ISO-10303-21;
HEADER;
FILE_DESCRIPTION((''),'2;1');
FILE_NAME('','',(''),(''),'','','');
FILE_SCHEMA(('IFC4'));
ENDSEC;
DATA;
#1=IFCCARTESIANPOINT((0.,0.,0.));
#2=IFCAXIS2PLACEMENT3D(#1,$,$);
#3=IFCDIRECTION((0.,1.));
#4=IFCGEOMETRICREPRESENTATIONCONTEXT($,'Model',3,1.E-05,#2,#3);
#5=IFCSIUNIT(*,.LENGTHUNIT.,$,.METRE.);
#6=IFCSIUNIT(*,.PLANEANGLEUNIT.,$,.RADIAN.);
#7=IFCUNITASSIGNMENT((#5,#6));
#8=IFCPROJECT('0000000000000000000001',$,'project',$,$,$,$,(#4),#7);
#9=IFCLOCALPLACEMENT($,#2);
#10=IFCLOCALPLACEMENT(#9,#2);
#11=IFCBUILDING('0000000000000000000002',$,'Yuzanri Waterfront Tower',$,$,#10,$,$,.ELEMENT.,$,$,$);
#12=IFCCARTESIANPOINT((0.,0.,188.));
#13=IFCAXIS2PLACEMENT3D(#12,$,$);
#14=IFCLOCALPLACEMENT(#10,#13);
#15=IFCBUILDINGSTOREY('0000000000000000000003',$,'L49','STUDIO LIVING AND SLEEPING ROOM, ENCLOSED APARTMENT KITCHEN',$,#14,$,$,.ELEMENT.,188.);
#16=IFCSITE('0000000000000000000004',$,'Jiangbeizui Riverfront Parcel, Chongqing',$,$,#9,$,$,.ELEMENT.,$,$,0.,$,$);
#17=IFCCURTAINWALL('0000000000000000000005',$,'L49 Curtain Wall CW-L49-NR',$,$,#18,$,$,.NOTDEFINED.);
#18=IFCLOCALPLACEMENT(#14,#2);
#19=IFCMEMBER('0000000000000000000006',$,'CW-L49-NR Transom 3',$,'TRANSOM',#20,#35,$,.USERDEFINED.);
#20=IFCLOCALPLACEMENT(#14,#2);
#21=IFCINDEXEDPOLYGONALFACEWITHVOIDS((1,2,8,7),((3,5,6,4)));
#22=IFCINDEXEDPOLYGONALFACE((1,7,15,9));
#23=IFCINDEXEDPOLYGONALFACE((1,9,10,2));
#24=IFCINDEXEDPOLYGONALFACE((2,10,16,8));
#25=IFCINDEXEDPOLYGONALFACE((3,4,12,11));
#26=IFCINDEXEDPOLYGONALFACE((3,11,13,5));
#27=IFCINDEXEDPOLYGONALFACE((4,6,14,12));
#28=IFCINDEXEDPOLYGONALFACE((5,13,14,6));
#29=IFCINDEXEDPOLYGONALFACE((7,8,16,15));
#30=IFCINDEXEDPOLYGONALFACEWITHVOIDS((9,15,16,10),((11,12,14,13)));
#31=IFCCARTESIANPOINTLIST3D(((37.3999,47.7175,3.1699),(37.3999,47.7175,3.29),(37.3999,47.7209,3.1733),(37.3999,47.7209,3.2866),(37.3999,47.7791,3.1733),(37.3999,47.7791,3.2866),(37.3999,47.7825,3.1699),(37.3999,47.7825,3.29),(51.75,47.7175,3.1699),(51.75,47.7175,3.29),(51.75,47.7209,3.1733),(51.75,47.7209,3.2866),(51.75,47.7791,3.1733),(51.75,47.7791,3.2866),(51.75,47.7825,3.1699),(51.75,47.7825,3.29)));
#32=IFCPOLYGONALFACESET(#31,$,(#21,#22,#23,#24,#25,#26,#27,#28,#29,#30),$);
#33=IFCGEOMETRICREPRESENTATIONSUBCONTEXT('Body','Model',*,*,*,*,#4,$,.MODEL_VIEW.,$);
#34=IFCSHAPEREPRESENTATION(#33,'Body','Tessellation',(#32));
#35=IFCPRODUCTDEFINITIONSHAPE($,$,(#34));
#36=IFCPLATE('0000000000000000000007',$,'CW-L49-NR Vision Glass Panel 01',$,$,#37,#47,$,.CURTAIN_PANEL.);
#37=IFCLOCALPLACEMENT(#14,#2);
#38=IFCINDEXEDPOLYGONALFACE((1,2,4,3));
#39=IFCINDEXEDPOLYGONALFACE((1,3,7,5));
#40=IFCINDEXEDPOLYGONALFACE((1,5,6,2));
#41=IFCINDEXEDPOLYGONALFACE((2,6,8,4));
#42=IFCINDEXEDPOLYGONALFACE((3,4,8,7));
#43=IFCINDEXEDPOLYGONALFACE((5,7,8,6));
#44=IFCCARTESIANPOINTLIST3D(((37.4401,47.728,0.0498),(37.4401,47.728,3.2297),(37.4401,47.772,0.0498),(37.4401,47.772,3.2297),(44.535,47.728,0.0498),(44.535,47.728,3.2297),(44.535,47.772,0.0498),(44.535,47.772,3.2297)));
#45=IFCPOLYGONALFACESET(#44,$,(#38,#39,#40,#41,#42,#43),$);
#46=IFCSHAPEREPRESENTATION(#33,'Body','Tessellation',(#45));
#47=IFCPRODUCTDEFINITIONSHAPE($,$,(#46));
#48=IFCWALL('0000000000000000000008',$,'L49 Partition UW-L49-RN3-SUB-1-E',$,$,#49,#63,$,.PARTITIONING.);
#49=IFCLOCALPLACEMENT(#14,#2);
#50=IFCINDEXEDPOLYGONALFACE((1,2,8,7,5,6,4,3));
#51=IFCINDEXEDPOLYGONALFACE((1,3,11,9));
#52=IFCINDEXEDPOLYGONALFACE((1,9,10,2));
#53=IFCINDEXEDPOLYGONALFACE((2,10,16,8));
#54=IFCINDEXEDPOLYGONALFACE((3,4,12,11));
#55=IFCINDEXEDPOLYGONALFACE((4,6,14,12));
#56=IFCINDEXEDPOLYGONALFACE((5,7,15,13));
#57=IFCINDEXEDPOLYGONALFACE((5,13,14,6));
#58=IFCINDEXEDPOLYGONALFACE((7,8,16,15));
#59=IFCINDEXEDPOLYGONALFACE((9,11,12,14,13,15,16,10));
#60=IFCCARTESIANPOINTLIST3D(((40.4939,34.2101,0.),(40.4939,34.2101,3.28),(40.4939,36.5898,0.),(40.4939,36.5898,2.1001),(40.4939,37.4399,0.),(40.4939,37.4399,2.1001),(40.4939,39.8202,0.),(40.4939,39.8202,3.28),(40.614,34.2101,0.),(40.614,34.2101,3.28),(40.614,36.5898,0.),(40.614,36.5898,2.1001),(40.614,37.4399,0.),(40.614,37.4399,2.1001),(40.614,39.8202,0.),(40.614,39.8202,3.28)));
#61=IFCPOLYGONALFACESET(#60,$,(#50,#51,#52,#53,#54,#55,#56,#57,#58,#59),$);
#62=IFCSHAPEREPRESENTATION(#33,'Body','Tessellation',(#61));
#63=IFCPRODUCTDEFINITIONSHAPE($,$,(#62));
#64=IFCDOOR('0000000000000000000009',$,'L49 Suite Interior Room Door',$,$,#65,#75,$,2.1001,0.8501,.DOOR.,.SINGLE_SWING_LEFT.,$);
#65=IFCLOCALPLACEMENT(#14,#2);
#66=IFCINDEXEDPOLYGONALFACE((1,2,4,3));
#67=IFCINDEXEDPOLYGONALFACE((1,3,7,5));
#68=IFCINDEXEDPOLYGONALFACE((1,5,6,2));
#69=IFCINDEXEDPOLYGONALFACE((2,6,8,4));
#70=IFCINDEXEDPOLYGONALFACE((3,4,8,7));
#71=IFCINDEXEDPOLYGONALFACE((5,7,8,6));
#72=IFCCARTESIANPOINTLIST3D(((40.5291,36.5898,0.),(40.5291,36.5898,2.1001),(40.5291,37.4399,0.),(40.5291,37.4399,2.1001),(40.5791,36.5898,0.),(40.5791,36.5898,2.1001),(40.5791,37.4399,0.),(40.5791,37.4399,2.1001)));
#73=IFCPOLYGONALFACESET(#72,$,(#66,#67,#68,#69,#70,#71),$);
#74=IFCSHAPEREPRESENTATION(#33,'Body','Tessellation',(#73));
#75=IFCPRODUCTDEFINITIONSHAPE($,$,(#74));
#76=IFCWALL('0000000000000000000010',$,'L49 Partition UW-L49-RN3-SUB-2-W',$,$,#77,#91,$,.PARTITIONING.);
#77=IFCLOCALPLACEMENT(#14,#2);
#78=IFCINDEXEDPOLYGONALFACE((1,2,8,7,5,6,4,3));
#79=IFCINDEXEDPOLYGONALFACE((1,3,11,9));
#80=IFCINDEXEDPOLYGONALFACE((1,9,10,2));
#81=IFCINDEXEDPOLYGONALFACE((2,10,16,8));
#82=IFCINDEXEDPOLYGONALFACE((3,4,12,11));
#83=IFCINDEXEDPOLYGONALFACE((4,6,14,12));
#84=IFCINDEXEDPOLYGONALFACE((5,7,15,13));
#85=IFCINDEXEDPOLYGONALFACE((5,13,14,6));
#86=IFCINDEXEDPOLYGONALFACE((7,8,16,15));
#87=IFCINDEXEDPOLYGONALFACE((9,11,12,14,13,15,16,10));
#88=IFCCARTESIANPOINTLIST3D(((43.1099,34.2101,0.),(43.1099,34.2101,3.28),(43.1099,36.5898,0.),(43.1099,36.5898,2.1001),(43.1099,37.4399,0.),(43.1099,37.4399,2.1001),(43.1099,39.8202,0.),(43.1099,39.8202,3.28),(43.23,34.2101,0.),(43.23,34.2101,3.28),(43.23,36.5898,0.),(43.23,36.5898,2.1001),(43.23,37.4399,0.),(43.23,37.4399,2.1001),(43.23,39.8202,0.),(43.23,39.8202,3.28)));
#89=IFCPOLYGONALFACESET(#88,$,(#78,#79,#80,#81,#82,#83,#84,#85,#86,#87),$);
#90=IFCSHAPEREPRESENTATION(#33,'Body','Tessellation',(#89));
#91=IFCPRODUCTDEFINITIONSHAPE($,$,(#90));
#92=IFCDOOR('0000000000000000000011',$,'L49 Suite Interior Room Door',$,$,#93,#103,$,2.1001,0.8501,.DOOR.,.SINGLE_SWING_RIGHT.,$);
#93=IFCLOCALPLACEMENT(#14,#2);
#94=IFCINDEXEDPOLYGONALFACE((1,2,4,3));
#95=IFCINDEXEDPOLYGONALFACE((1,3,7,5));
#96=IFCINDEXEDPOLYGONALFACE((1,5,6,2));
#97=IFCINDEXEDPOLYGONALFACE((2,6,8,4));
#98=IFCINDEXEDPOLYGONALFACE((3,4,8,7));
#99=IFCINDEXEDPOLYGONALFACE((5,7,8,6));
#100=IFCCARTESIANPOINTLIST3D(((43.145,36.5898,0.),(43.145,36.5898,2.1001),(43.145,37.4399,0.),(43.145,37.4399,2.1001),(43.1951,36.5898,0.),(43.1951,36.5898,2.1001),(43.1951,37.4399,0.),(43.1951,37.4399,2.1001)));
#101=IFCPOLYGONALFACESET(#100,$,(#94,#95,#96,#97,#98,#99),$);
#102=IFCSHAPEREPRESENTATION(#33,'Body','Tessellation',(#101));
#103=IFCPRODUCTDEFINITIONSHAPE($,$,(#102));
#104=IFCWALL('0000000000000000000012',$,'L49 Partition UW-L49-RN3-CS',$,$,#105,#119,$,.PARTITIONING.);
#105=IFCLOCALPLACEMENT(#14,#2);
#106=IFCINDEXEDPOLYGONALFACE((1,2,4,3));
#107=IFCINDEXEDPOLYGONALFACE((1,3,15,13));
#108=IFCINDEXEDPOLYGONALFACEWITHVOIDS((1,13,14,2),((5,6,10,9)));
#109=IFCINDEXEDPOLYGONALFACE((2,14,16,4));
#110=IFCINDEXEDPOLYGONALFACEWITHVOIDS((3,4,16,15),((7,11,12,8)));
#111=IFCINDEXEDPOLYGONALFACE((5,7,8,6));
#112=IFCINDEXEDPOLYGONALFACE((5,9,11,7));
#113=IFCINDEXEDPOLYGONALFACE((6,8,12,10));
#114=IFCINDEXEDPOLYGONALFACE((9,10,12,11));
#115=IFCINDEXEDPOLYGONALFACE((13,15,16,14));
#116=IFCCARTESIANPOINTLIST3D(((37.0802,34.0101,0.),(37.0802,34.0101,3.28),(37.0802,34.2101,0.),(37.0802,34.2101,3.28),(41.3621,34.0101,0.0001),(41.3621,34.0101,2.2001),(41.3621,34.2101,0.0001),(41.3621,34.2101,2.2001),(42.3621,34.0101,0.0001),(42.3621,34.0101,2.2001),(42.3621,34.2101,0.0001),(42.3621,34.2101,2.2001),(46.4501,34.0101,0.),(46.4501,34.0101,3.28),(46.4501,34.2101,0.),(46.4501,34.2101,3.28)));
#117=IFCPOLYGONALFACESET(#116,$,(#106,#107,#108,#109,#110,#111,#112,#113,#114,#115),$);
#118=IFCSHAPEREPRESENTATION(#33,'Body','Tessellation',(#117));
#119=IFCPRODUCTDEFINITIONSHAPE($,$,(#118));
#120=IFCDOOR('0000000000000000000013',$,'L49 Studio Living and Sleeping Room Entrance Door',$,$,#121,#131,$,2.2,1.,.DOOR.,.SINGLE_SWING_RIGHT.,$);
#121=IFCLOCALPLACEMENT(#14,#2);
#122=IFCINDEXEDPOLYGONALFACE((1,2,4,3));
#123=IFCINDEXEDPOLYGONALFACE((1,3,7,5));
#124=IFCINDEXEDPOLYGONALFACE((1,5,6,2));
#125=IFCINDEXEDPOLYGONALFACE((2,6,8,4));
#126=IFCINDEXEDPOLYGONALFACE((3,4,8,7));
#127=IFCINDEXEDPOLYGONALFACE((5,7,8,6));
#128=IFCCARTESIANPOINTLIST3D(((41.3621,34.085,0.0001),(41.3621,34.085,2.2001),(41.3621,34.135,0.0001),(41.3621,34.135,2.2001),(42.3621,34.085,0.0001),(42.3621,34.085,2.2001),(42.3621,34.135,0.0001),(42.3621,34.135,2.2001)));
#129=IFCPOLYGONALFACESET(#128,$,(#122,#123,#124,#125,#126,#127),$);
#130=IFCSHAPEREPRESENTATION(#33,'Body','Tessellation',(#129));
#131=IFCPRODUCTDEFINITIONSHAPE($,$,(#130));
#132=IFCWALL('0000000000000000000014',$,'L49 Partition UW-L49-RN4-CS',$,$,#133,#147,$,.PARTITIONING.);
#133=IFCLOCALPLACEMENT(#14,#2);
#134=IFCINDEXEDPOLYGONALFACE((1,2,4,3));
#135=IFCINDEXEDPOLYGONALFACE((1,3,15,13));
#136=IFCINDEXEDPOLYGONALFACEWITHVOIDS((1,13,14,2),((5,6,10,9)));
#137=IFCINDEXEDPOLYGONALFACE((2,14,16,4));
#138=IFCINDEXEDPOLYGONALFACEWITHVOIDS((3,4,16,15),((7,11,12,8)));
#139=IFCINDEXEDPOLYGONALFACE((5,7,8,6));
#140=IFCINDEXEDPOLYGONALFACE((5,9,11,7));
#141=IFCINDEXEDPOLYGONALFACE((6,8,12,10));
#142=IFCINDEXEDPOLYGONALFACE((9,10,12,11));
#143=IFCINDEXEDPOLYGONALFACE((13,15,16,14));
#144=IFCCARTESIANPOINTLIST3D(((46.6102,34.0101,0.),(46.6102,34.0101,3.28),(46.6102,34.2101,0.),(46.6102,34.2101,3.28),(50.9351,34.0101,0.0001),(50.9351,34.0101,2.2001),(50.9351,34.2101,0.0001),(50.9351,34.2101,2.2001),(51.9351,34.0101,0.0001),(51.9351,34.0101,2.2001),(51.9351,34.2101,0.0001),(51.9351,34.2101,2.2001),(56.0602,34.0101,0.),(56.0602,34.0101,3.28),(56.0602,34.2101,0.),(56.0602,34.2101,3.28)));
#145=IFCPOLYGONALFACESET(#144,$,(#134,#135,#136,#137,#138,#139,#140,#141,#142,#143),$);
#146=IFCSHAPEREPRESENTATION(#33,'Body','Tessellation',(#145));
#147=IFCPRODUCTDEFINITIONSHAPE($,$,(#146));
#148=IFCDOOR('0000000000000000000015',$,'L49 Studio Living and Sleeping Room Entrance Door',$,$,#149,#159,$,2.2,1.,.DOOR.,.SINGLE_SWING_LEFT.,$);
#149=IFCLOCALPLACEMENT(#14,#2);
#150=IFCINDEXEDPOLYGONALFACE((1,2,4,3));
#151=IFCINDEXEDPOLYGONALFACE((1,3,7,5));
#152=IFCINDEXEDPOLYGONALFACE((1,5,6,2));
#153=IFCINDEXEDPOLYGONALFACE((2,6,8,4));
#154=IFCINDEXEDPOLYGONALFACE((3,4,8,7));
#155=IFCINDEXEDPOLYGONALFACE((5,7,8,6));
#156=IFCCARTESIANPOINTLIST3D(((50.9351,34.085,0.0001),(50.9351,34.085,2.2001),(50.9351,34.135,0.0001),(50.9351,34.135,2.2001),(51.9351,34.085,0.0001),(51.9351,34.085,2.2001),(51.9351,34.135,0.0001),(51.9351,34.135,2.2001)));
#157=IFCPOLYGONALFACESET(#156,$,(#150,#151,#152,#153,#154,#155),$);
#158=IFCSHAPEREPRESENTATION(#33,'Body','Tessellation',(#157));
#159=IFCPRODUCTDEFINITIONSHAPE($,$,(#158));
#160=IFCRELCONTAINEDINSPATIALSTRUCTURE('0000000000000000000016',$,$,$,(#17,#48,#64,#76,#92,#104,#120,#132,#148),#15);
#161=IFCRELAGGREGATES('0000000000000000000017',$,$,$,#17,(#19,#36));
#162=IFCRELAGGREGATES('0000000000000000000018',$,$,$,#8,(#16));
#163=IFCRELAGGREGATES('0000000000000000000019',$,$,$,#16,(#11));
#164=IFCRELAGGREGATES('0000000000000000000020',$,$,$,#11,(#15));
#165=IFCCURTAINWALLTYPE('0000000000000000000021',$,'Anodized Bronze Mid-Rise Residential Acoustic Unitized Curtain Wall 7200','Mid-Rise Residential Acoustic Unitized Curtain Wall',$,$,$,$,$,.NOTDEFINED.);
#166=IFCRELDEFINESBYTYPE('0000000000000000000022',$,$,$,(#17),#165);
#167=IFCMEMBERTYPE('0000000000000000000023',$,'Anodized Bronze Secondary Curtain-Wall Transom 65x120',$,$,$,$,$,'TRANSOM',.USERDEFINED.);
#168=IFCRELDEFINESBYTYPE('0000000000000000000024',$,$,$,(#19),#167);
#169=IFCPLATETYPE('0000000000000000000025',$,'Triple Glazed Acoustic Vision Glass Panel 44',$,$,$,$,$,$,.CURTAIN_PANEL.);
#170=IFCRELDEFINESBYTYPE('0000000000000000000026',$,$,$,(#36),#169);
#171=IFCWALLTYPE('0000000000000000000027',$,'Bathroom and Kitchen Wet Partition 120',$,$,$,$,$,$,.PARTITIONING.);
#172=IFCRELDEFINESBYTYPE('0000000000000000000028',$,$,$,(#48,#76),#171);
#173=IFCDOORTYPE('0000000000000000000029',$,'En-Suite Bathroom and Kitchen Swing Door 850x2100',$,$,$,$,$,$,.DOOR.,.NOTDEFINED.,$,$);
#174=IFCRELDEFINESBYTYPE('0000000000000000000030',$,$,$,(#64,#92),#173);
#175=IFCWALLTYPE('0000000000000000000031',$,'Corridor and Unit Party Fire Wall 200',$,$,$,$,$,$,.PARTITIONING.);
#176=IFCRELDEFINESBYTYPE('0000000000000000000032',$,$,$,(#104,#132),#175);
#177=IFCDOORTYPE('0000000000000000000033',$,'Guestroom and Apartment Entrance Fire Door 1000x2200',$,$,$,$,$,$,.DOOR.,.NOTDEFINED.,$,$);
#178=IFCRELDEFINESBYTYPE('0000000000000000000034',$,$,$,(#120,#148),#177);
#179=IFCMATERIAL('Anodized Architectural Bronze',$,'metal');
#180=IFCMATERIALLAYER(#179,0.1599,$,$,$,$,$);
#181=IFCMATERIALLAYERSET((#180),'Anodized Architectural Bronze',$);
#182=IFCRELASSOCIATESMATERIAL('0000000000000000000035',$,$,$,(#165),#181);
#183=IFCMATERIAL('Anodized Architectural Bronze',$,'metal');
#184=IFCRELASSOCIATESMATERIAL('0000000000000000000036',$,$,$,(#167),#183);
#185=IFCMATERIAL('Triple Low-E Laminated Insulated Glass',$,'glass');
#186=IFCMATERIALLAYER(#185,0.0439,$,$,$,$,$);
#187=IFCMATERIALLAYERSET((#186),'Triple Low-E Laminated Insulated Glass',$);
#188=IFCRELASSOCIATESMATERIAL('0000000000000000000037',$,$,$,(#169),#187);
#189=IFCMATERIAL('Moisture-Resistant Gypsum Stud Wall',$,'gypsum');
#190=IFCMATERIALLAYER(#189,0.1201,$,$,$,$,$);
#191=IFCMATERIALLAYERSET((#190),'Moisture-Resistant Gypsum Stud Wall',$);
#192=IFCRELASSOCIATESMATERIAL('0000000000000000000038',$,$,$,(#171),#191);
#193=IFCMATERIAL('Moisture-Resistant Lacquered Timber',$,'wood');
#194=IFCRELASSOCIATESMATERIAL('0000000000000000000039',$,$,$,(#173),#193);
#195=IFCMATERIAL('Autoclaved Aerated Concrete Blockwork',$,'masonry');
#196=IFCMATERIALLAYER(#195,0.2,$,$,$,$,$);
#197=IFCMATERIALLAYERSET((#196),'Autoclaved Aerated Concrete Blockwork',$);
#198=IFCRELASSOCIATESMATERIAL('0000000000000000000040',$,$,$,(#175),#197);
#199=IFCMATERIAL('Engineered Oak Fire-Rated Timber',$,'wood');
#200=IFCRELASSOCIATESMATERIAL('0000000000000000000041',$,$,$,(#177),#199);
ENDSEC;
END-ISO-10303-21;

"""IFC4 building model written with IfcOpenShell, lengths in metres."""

from ifc_helpers import new_model, si_unit, direction, frame, frame_2d, origin, origin_2d, place, context, subcontext, project, spatial, rectangle, hollow_rectangle, extrude, source, transform, mapped, material, layer, layer_set, material_profile, profile_set, type_object, element, fill, aggregate, save


model = new_model("IFC4")

# Units and contexts
model_context = context("Model", 3, precision=1e-05, world=origin(), true_north=direction((0.0, 1.0)))
body_context = subcontext(model_context, "Body", "Model", "MODEL_VIEW")
ifc_project = project(units=[si_unit("LENGTHUNIT", "METRE"), si_unit("PLANEANGLEUNIT", "RADIAN")], contexts=[model_context])

# Site, building, storey
site_placement = place(None, origin())
site = spatial("IfcSite", under=ifc_project, at=site_placement, Name="Jiangbeizui Riverfront Parcel, Chongqing", CompositionType="ELEMENT", RefElevation=0.0)
building_placement = place(site_placement, origin())
building = spatial("IfcBuilding", under=site, at=building_placement, Name="Yuzanri Waterfront Tower", CompositionType="ELEMENT")
storey_placement = place(building_placement, frame((0.0, 0.0, 188.0)))
storey = spatial("IfcBuildingStorey", under=building, at=storey_placement, Name="L49", Description="STUDIO LIVING AND SLEEPING ROOM, ENCLOSED APARTMENT KITCHEN", CompositionType="ELEMENT", Elevation=188.0)

# Curtain wall, member, plate
ifc_material_1 = material(Name="Anodized Architectural Bronze", Category="metal")
ifc_layer_1 = layer(ifc_material_1, 0.1599)
ifc_layer_set_1 = layer_set([ifc_layer_1], Name="Anodized Architectural Bronze")
curtain_wall_type = type_object("IfcCurtainWallType", Name="Anodized Bronze Mid-Rise Residential Acoustic Unitized Curtain Wall 7200", Description="Mid-Rise Residential Acoustic Unitized Curtain Wall", PredefinedType="NOTDEFINED", material=ifc_layer_set_1)
curtain_wall_placement = place(storey_placement, origin())
curtain_wall = element("IfcCurtainWall", 1, at=curtain_wall_placement, inside=storey, type_object=curtain_wall_type, Name="L49 Curtain Wall CW-L49-NR", PredefinedType="NOTDEFINED")
ifc_material_2 = material(Name="Anodized Architectural Bronze", Category="metal")
ifc_material_profile_1 = material_profile(ifc_material_2, hollow_rectangle(XDim=0.0649, YDim=0.1201, WallThickness=0.0034, at=origin_2d()), Name="CWT 65x120")
ifc_profile_set_1 = profile_set([ifc_material_profile_1], Name="Anodized Architectural Bronze")
member_type_1 = type_object("IfcMemberType", Name="Anodized Bronze Secondary Curtain-Wall Transom 65x120", ElementType="TRANSOM", PredefinedType="USERDEFINED", material=ifc_profile_set_1)
shared_shape_1 = source(origin(), body_context, "Body", "SweptSolid", [
    extrude(hollow_rectangle(XDim=0.0649, YDim=0.1201, WallThickness=0.0034, at=origin_2d()), origin(), (0.0, 0.0, 1.0), 14.3501),
])
member_1_placement = place(storey_placement, frame((37.3999, 47.75, 3.23), z_axis=(1.0, 0.0, 0.0), x_axis=(0.0, 1.0, 0.0)))
member_1 = element("IfcMember", 2, at=member_1_placement, type_object=member_type_1, Name="CW-L49-NR Transom 3", ObjectType="TRANSOM", PredefinedType="USERDEFINED", context=body_context, shape_type="MappedRepresentation", body=[
    mapped(shared_shape_1, transform((0.0, 0.0, 0.0), scale=1.0)),
])
ifc_material_3 = material(Name="Triple Low-E Laminated Insulated Glass", Category="glass")
ifc_layer_2 = layer(ifc_material_3, 0.0439)
ifc_layer_set_2 = layer_set([ifc_layer_2], Name="Triple Low-E Laminated Insulated Glass")
plate_type = type_object("IfcPlateType", Name="Triple Glazed Acoustic Vision Glass Panel 44", PredefinedType="CURTAIN_PANEL", material=ifc_layer_set_2)
shared_shape_2 = source(origin(), body_context, "Body", "SweptSolid", [
    extrude(rectangle(XDim=7.095, YDim=0.0439, at=origin_2d()), origin(), (0.0, 0.0, 1.0), 3.1799),
])
plate_placement = place(storey_placement, frame((40.9875, 47.75, 0.0498), z_axis=(0.0, 0.0, 1.0), x_axis=(1.0, 0.0, 0.0)))
plate = element("IfcPlate", 3, at=plate_placement, type_object=plate_type, Name="CW-L49-NR Vision Glass Panel 01", PredefinedType="CURTAIN_PANEL", context=body_context, shape_type="MappedRepresentation", body=[
    mapped(shared_shape_2, transform((0.0, 0.0, 0.0), scale=1.0)),
])
aggregate(curtain_wall, [member_1, plate])

# Walls, openings, doors
ifc_material_4 = material(Name="Moisture-Resistant Gypsum Stud Wall", Category="gypsum")
ifc_layer_3 = layer(ifc_material_4, 0.1201)
ifc_layer_set_3 = layer_set([ifc_layer_3], Name="Moisture-Resistant Gypsum Stud Wall")
wall_type_1 = type_object("IfcWallType", Name="Bathroom and Kitchen Wet Partition 120", PredefinedType="PARTITIONING", material=ifc_layer_set_3)
wall_1_placement = place(storey_placement, frame((40.554, 34.21, 0.0), z_axis=(0.0, 0.0, 1.0), x_axis=(0.0, 1.0, 0.0)))
wall_1 = element("IfcWall", 4, at=wall_1_placement, inside=storey, type_object=wall_type_1, Name="L49 Partition UW-L49-RN3-SUB-1-E", PredefinedType="PARTITIONING", context=body_context, shape_type="SweptSolid", body=[
    extrude(rectangle(XDim=5.6101, YDim=0.1201, at=frame_2d((2.8052, 0.0))), origin(), (0.0, 0.0, 1.0), 3.28),
])
opening_1_placement = place(wall_1_placement, frame((2.3799, 0.0, 0.0)))
opening_1 = element("IfcOpeningElement", 5, at=opening_1_placement, cuts=wall_1, PredefinedType="OPENING", context=body_context, shape_type="SweptSolid", body=[
    extrude(rectangle(XDim=0.8501, YDim=2.1001, at=frame_2d((0.425, 1.05))), frame((0.0, 0.075, 0.0), z_axis=(0.0, -1.0, 0.0), x_axis=(1.0, 0.0, 0.0)), (0.0, 0.0, 1.0), 0.1499),
])
ifc_material_5 = material(Name="Moisture-Resistant Lacquered Timber", Category="wood")
door_type_1 = type_object("IfcDoorType", Name="En-Suite Bathroom and Kitchen Swing Door 850x2100", OperationType="NOTDEFINED", PredefinedType="DOOR", material=ifc_material_5)
shared_shape_3 = source(origin(), body_context, "Body", "SweptSolid", [
    extrude(rectangle(XDim=0.8501, YDim=2.1001, at=frame_2d((0.425, 1.05))), frame((0.0, 0.0249, 0.0), z_axis=(0.0, -1.0, 0.0), x_axis=(1.0, 0.0, 0.0)), (0.0, 0.0, 1.0), 0.05),
])
door_1_placement = place(opening_1_placement, origin())
door_1 = element("IfcDoor", 6, at=door_1_placement, inside=storey, type_object=door_type_1, Name="L49 Suite Interior Room Door", OperationType="SINGLE_SWING_LEFT", OverallHeight=2.1001, OverallWidth=0.8501, PredefinedType="DOOR", context=body_context, shape_type="MappedRepresentation", body=[
    mapped(shared_shape_3, transform((0.0, 0.0, 0.0), scale=1.0)),
])
fill(opening_1, door_1)
wall_2_placement = place(storey_placement, frame((43.1699, 34.21, 0.0), z_axis=(0.0, 0.0, 1.0), x_axis=(0.0, 1.0, 0.0)))
wall_2 = element("IfcWall", 7, at=wall_2_placement, inside=storey, type_object=wall_type_1, Name="L49 Partition UW-L49-RN3-SUB-2-W", PredefinedType="PARTITIONING", context=body_context, shape_type="SweptSolid", body=[
    extrude(rectangle(XDim=5.6101, YDim=0.1201, at=frame_2d((2.8052, 0.0))), origin(), (0.0, 0.0, 1.0), 3.28),
])
opening_2_placement = place(wall_2_placement, frame((2.3799, 0.0, 0.0)))
opening_2 = element("IfcOpeningElement", 8, at=opening_2_placement, cuts=wall_2, PredefinedType="OPENING", context=body_context, shape_type="SweptSolid", body=[
    extrude(rectangle(XDim=0.8501, YDim=2.1001, at=frame_2d((0.425, 1.05))), frame((0.0, 0.075, 0.0), z_axis=(0.0, -1.0, 0.0), x_axis=(1.0, 0.0, 0.0)), (0.0, 0.0, 1.0), 0.1499),
])
door_2_placement = place(opening_2_placement, origin())
door_2 = element("IfcDoor", 9, at=door_2_placement, inside=storey, type_object=door_type_1, Name="L49 Suite Interior Room Door", OperationType="SINGLE_SWING_RIGHT", OverallHeight=2.1001, OverallWidth=0.8501, PredefinedType="DOOR", context=body_context, shape_type="MappedRepresentation", body=[
    mapped(shared_shape_3, transform((0.0, 0.0, 0.0), scale=1.0)),
])
fill(opening_2, door_2)
ifc_material_6 = material(Name="Autoclaved Aerated Concrete Blockwork", Category="masonry")
ifc_layer_4 = layer(ifc_material_6, 0.2)
ifc_layer_set_4 = layer_set([ifc_layer_4], Name="Autoclaved Aerated Concrete Blockwork")
wall_type_2 = type_object("IfcWallType", Name="Corridor and Unit Party Fire Wall 200", PredefinedType="PARTITIONING", material=ifc_layer_set_4)
wall_3_placement = place(storey_placement, frame((37.0801, 34.1101, 0.0), z_axis=(0.0, 0.0, 1.0), x_axis=(1.0, 0.0, 0.0)))
wall_3 = element("IfcWall", 10, at=wall_3_placement, inside=storey, type_object=wall_type_2, Name="L49 Partition UW-L49-RN3-CS", PredefinedType="PARTITIONING", context=body_context, shape_type="SweptSolid", body=[
    extrude(rectangle(XDim=9.3699, YDim=0.2, at=frame_2d((4.6851, 0.0))), origin(), (0.0, 0.0, 1.0), 3.28),
])
opening_3_placement = place(wall_3_placement, frame((4.282, 0.0, 0.0)))
opening_3 = element("IfcOpeningElement", 11, at=opening_3_placement, cuts=wall_3, PredefinedType="OPENING", context=body_context, shape_type="SweptSolid", body=[
    extrude(rectangle(XDim=1.0, YDim=2.2, at=frame_2d((0.5, 1.1001))), frame((0.0, 0.1147, 0.0), z_axis=(0.0, -1.0, 0.0), x_axis=(1.0, 0.0, 0.0)), (0.0, 0.0, 1.0), 0.2297),
])
ifc_material_7 = material(Name="Engineered Oak Fire-Rated Timber", Category="wood")
door_type_2 = type_object("IfcDoorType", Name="Guestroom and Apartment Entrance Fire Door 1000x2200", OperationType="NOTDEFINED", PredefinedType="DOOR", material=ifc_material_7)
shared_shape_4 = source(origin(), body_context, "Body", "SweptSolid", [
    extrude(rectangle(XDim=1.0, YDim=2.2, at=frame_2d((0.5, 1.1001))), frame((0.0, 0.0249, 0.0), z_axis=(0.0, -1.0, 0.0), x_axis=(1.0, 0.0, 0.0)), (0.0, 0.0, 1.0), 0.05),
])
door_3_placement = place(opening_3_placement, origin())
door_3 = element("IfcDoor", 12, at=door_3_placement, inside=storey, type_object=door_type_2, Name="L49 Studio Living and Sleeping Room Entrance Door", OperationType="SINGLE_SWING_RIGHT", OverallHeight=2.2, OverallWidth=1.0, PredefinedType="DOOR", context=body_context, shape_type="MappedRepresentation", body=[
    mapped(shared_shape_4, transform((0.0, 0.0, 0.0), scale=1.0)),
])
fill(opening_3, door_3)
wall_4_placement = place(storey_placement, frame((46.6101, 34.1101, 0.0), z_axis=(0.0, 0.0, 1.0), x_axis=(1.0, 0.0, 0.0)))
wall_4 = element("IfcWall", 13, at=wall_4_placement, inside=storey, type_object=wall_type_2, Name="L49 Partition UW-L49-RN4-CS", PredefinedType="PARTITIONING", context=body_context, shape_type="SweptSolid", body=[
    extrude(rectangle(XDim=9.45, YDim=0.2, at=frame_2d((4.7251, 0.0))), origin(), (0.0, 0.0, 1.0), 3.28),
])
opening_4_placement = place(wall_4_placement, frame((4.325, 0.0, 0.0)))
opening_4 = element("IfcOpeningElement", 14, at=opening_4_placement, cuts=wall_4, PredefinedType="OPENING", context=body_context, shape_type="SweptSolid", body=[
    extrude(rectangle(XDim=1.0, YDim=2.2, at=frame_2d((0.5, 1.1001))), frame((0.0, 0.1147, 0.0), z_axis=(0.0, -1.0, 0.0), x_axis=(1.0, 0.0, 0.0)), (0.0, 0.0, 1.0), 0.2297),
])
door_4_placement = place(opening_4_placement, origin())
door_4 = element("IfcDoor", 15, at=door_4_placement, inside=storey, type_object=door_type_2, Name="L49 Studio Living and Sleeping Room Entrance Door", OperationType="SINGLE_SWING_LEFT", OverallHeight=2.2, OverallWidth=1.0, PredefinedType="DOOR", context=body_context, shape_type="MappedRepresentation", body=[
    mapped(shared_shape_4, transform((0.0, 0.0, 0.0), scale=1.0)),
])
fill(opening_4, door_4)

save(model, "model.ifc")
